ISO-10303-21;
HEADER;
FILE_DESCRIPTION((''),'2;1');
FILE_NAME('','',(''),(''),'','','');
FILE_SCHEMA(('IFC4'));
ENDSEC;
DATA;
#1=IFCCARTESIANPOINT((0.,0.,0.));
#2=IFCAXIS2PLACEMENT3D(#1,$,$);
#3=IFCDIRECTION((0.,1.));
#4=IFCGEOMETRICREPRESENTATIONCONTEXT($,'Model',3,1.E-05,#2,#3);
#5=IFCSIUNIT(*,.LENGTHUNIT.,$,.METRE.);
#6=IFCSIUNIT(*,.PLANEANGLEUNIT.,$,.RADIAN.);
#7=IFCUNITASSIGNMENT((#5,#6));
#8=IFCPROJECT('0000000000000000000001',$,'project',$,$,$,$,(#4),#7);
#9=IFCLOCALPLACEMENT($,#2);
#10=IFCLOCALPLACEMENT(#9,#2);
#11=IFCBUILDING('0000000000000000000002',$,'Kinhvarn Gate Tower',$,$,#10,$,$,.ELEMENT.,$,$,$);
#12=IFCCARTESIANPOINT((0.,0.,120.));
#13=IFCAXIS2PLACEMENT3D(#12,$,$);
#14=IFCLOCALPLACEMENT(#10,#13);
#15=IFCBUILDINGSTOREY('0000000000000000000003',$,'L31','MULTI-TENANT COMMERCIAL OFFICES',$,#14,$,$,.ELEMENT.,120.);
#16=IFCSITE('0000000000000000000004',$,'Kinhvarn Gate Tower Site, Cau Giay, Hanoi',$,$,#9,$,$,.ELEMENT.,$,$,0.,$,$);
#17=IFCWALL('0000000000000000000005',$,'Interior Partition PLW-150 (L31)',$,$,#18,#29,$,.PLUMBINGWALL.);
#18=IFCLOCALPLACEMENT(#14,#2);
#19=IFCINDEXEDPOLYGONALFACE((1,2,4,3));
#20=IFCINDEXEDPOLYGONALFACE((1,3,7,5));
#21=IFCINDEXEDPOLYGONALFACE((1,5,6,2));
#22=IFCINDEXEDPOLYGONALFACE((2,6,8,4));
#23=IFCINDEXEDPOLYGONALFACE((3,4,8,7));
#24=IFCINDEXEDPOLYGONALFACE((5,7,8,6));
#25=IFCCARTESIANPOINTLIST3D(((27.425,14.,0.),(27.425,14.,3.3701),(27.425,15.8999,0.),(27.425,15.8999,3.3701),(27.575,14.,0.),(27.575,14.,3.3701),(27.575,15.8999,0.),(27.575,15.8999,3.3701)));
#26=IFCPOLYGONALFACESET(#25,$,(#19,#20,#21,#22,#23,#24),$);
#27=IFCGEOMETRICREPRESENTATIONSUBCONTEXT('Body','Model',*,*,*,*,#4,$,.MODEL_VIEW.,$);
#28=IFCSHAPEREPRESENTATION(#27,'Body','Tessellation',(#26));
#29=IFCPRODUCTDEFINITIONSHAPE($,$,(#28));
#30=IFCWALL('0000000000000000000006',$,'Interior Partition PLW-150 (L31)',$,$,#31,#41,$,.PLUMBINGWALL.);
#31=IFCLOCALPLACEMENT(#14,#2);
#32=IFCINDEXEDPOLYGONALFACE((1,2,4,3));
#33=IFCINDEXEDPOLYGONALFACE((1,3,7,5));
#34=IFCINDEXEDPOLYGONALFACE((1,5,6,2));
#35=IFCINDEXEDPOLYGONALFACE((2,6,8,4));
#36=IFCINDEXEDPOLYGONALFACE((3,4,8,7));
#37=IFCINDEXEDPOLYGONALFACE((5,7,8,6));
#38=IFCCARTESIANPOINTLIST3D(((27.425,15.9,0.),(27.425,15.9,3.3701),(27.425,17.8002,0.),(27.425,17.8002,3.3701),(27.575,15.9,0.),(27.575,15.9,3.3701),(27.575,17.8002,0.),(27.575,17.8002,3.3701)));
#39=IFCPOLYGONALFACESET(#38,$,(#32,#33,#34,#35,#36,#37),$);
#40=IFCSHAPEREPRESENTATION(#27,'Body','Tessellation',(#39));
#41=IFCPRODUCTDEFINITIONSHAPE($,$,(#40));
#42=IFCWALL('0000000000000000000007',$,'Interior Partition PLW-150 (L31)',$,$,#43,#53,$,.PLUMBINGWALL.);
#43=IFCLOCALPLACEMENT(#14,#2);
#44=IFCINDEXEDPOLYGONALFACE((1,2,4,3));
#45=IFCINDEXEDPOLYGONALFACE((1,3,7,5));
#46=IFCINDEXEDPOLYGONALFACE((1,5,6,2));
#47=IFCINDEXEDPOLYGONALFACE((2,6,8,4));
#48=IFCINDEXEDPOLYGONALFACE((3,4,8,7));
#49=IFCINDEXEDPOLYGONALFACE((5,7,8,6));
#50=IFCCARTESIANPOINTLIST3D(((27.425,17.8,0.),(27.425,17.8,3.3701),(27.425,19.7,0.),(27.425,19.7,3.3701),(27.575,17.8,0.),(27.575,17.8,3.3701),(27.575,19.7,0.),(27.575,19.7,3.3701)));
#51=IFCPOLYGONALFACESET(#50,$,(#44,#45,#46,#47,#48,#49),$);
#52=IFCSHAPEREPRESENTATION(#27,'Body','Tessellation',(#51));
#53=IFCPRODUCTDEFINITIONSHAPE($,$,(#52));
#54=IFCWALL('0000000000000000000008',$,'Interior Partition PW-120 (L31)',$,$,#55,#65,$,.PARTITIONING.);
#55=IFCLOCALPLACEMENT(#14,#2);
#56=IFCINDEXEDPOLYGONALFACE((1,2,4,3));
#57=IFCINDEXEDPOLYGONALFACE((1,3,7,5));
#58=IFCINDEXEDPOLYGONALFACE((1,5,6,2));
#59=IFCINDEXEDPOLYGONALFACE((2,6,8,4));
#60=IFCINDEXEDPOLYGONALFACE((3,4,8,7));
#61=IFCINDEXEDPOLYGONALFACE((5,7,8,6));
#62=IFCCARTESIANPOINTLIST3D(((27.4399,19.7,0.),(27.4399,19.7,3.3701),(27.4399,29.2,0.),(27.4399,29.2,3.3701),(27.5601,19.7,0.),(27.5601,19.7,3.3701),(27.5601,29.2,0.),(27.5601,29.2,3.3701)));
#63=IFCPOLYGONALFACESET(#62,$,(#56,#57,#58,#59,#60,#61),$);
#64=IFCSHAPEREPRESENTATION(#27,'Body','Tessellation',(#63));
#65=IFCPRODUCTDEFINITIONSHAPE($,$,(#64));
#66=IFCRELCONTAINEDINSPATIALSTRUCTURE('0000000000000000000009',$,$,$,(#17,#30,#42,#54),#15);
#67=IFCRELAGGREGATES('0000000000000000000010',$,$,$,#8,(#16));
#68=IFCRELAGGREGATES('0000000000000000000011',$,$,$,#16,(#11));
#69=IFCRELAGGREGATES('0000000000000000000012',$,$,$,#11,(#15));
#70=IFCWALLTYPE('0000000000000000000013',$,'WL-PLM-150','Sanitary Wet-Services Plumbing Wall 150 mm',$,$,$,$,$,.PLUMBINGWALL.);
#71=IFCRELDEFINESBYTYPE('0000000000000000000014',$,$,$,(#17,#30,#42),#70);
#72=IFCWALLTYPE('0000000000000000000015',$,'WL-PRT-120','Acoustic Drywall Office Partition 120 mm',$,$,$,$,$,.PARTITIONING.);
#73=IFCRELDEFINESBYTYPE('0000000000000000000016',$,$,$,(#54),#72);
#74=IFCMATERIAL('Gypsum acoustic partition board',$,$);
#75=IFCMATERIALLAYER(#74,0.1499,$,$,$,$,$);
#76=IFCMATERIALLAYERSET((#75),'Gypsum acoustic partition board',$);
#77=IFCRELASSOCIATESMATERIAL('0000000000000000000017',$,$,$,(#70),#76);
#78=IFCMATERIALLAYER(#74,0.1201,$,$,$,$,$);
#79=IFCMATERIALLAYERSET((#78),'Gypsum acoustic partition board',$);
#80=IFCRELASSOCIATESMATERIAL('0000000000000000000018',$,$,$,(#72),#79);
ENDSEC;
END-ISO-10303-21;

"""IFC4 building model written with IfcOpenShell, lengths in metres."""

from ifc_helpers import new_model, si_unit, direction, frame, frame_2d, origin, place, context, subcontext, project, spatial, rectangle, extrude, material, layer, layer_set, type_object, element, save


model = new_model("IFC4")

# Units and contexts
model_context = context("Model", 3, precision=1e-05, world=origin(), true_north=direction((0.0, 1.0)))
body_context = subcontext(model_context, "Body", "Model", "MODEL_VIEW")
ifc_project = project(units=[si_unit("LENGTHUNIT", "METRE"), si_unit("PLANEANGLEUNIT", "RADIAN")], contexts=[model_context])

# Site, building, storey
site_placement = place(None, origin())
site = spatial("IfcSite", under=ifc_project, at=site_placement, Name="Kinhvarn Gate Tower Site, Cau Giay, Hanoi", CompositionType="ELEMENT", RefElevation=0.0)
building_placement = place(site_placement, origin())
building = spatial("IfcBuilding", under=site, at=building_placement, Name="Kinhvarn Gate Tower", CompositionType="ELEMENT")
storey_placement = place(building_placement, frame((0.0, 0.0, 120.0)))
storey = spatial("IfcBuildingStorey", under=building, at=storey_placement, Name="L31", Description="MULTI-TENANT COMMERCIAL OFFICES", CompositionType="ELEMENT", Elevation=120.0)

# Walls
ifc_material_1 = material(Name="Gypsum acoustic partition board")
ifc_layer_1 = layer(ifc_material_1, 0.1499)
ifc_layer_set_1 = layer_set([ifc_layer_1], Name="Gypsum acoustic partition board")
wall_type_1 = type_object("IfcWallType", Name="WL-PLM-150", Description="Sanitary Wet-Services Plumbing Wall 150 mm", PredefinedType="PLUMBINGWALL", material=ifc_layer_set_1)
wall_1_placement = place(storey_placement, frame((27.5, 14.0, 0.0), z_axis=(0.0, 0.0, 1.0), x_axis=(0.0, 1.0, 0.0)))
element("IfcWall", 1, at=wall_1_placement, inside=storey, type_object=wall_type_1, Name="Interior Partition PLW-150 (L31)", PredefinedType="PLUMBINGWALL", context=body_context, shape_type="SweptSolid", body=[
    extrude(rectangle(XDim=1.8999, YDim=0.1499, at=frame_2d((0.95, 0.0))), origin(), (0.0, 0.0, 1.0), 3.3701),
])
wall_2_placement = place(storey_placement, frame((27.5, 15.8999, 0.0), z_axis=(0.0, 0.0, 1.0), x_axis=(0.0, 1.0, 0.0)))
element("IfcWall", 2, at=wall_2_placement, inside=storey, type_object=wall_type_1, Name="Interior Partition PLW-150 (L31)", PredefinedType="PLUMBINGWALL", context=body_context, shape_type="SweptSolid", body=[
    extrude(rectangle(XDim=1.9001, YDim=0.1499, at=frame_2d((0.9502, 0.0))), origin(), (0.0, 0.0, 1.0), 3.3701),
])
wall_3_placement = place(storey_placement, frame((27.5, 17.8, 0.0), z_axis=(0.0, 0.0, 1.0), x_axis=(0.0, 1.0, 0.0)))
element("IfcWall", 3, at=wall_3_placement, inside=storey, type_object=wall_type_1, Name="Interior Partition PLW-150 (L31)", PredefinedType="PLUMBINGWALL", context=body_context, shape_type="SweptSolid", body=[
    extrude(rectangle(XDim=1.8999, YDim=0.1499, at=frame_2d((0.95, 0.0))), origin(), (0.0, 0.0, 1.0), 3.3701),
])
ifc_layer_2 = layer(ifc_material_1, 0.1201)
ifc_layer_set_2 = layer_set([ifc_layer_2], Name="Gypsum acoustic partition board")
wall_type_2 = type_object("IfcWallType", Name="WL-PRT-120", Description="Acoustic Drywall Office Partition 120 mm", PredefinedType="PARTITIONING", material=ifc_layer_set_2)
wall_4_placement = place(storey_placement, frame((27.5, 19.7, 0.0), z_axis=(0.0, 0.0, 1.0), x_axis=(0.0, 1.0, 0.0)))
element("IfcWall", 4, at=wall_4_placement, inside=storey, type_object=wall_type_2, Name="Interior Partition PW-120 (L31)", PredefinedType="PARTITIONING", context=body_context, shape_type="SweptSolid", body=[
    extrude(rectangle(XDim=9.5, YDim=0.1201, at=frame_2d((4.75, 0.0))), origin(), (0.0, 0.0, 1.0), 3.3701),
])

save(model, "model.ifc")
